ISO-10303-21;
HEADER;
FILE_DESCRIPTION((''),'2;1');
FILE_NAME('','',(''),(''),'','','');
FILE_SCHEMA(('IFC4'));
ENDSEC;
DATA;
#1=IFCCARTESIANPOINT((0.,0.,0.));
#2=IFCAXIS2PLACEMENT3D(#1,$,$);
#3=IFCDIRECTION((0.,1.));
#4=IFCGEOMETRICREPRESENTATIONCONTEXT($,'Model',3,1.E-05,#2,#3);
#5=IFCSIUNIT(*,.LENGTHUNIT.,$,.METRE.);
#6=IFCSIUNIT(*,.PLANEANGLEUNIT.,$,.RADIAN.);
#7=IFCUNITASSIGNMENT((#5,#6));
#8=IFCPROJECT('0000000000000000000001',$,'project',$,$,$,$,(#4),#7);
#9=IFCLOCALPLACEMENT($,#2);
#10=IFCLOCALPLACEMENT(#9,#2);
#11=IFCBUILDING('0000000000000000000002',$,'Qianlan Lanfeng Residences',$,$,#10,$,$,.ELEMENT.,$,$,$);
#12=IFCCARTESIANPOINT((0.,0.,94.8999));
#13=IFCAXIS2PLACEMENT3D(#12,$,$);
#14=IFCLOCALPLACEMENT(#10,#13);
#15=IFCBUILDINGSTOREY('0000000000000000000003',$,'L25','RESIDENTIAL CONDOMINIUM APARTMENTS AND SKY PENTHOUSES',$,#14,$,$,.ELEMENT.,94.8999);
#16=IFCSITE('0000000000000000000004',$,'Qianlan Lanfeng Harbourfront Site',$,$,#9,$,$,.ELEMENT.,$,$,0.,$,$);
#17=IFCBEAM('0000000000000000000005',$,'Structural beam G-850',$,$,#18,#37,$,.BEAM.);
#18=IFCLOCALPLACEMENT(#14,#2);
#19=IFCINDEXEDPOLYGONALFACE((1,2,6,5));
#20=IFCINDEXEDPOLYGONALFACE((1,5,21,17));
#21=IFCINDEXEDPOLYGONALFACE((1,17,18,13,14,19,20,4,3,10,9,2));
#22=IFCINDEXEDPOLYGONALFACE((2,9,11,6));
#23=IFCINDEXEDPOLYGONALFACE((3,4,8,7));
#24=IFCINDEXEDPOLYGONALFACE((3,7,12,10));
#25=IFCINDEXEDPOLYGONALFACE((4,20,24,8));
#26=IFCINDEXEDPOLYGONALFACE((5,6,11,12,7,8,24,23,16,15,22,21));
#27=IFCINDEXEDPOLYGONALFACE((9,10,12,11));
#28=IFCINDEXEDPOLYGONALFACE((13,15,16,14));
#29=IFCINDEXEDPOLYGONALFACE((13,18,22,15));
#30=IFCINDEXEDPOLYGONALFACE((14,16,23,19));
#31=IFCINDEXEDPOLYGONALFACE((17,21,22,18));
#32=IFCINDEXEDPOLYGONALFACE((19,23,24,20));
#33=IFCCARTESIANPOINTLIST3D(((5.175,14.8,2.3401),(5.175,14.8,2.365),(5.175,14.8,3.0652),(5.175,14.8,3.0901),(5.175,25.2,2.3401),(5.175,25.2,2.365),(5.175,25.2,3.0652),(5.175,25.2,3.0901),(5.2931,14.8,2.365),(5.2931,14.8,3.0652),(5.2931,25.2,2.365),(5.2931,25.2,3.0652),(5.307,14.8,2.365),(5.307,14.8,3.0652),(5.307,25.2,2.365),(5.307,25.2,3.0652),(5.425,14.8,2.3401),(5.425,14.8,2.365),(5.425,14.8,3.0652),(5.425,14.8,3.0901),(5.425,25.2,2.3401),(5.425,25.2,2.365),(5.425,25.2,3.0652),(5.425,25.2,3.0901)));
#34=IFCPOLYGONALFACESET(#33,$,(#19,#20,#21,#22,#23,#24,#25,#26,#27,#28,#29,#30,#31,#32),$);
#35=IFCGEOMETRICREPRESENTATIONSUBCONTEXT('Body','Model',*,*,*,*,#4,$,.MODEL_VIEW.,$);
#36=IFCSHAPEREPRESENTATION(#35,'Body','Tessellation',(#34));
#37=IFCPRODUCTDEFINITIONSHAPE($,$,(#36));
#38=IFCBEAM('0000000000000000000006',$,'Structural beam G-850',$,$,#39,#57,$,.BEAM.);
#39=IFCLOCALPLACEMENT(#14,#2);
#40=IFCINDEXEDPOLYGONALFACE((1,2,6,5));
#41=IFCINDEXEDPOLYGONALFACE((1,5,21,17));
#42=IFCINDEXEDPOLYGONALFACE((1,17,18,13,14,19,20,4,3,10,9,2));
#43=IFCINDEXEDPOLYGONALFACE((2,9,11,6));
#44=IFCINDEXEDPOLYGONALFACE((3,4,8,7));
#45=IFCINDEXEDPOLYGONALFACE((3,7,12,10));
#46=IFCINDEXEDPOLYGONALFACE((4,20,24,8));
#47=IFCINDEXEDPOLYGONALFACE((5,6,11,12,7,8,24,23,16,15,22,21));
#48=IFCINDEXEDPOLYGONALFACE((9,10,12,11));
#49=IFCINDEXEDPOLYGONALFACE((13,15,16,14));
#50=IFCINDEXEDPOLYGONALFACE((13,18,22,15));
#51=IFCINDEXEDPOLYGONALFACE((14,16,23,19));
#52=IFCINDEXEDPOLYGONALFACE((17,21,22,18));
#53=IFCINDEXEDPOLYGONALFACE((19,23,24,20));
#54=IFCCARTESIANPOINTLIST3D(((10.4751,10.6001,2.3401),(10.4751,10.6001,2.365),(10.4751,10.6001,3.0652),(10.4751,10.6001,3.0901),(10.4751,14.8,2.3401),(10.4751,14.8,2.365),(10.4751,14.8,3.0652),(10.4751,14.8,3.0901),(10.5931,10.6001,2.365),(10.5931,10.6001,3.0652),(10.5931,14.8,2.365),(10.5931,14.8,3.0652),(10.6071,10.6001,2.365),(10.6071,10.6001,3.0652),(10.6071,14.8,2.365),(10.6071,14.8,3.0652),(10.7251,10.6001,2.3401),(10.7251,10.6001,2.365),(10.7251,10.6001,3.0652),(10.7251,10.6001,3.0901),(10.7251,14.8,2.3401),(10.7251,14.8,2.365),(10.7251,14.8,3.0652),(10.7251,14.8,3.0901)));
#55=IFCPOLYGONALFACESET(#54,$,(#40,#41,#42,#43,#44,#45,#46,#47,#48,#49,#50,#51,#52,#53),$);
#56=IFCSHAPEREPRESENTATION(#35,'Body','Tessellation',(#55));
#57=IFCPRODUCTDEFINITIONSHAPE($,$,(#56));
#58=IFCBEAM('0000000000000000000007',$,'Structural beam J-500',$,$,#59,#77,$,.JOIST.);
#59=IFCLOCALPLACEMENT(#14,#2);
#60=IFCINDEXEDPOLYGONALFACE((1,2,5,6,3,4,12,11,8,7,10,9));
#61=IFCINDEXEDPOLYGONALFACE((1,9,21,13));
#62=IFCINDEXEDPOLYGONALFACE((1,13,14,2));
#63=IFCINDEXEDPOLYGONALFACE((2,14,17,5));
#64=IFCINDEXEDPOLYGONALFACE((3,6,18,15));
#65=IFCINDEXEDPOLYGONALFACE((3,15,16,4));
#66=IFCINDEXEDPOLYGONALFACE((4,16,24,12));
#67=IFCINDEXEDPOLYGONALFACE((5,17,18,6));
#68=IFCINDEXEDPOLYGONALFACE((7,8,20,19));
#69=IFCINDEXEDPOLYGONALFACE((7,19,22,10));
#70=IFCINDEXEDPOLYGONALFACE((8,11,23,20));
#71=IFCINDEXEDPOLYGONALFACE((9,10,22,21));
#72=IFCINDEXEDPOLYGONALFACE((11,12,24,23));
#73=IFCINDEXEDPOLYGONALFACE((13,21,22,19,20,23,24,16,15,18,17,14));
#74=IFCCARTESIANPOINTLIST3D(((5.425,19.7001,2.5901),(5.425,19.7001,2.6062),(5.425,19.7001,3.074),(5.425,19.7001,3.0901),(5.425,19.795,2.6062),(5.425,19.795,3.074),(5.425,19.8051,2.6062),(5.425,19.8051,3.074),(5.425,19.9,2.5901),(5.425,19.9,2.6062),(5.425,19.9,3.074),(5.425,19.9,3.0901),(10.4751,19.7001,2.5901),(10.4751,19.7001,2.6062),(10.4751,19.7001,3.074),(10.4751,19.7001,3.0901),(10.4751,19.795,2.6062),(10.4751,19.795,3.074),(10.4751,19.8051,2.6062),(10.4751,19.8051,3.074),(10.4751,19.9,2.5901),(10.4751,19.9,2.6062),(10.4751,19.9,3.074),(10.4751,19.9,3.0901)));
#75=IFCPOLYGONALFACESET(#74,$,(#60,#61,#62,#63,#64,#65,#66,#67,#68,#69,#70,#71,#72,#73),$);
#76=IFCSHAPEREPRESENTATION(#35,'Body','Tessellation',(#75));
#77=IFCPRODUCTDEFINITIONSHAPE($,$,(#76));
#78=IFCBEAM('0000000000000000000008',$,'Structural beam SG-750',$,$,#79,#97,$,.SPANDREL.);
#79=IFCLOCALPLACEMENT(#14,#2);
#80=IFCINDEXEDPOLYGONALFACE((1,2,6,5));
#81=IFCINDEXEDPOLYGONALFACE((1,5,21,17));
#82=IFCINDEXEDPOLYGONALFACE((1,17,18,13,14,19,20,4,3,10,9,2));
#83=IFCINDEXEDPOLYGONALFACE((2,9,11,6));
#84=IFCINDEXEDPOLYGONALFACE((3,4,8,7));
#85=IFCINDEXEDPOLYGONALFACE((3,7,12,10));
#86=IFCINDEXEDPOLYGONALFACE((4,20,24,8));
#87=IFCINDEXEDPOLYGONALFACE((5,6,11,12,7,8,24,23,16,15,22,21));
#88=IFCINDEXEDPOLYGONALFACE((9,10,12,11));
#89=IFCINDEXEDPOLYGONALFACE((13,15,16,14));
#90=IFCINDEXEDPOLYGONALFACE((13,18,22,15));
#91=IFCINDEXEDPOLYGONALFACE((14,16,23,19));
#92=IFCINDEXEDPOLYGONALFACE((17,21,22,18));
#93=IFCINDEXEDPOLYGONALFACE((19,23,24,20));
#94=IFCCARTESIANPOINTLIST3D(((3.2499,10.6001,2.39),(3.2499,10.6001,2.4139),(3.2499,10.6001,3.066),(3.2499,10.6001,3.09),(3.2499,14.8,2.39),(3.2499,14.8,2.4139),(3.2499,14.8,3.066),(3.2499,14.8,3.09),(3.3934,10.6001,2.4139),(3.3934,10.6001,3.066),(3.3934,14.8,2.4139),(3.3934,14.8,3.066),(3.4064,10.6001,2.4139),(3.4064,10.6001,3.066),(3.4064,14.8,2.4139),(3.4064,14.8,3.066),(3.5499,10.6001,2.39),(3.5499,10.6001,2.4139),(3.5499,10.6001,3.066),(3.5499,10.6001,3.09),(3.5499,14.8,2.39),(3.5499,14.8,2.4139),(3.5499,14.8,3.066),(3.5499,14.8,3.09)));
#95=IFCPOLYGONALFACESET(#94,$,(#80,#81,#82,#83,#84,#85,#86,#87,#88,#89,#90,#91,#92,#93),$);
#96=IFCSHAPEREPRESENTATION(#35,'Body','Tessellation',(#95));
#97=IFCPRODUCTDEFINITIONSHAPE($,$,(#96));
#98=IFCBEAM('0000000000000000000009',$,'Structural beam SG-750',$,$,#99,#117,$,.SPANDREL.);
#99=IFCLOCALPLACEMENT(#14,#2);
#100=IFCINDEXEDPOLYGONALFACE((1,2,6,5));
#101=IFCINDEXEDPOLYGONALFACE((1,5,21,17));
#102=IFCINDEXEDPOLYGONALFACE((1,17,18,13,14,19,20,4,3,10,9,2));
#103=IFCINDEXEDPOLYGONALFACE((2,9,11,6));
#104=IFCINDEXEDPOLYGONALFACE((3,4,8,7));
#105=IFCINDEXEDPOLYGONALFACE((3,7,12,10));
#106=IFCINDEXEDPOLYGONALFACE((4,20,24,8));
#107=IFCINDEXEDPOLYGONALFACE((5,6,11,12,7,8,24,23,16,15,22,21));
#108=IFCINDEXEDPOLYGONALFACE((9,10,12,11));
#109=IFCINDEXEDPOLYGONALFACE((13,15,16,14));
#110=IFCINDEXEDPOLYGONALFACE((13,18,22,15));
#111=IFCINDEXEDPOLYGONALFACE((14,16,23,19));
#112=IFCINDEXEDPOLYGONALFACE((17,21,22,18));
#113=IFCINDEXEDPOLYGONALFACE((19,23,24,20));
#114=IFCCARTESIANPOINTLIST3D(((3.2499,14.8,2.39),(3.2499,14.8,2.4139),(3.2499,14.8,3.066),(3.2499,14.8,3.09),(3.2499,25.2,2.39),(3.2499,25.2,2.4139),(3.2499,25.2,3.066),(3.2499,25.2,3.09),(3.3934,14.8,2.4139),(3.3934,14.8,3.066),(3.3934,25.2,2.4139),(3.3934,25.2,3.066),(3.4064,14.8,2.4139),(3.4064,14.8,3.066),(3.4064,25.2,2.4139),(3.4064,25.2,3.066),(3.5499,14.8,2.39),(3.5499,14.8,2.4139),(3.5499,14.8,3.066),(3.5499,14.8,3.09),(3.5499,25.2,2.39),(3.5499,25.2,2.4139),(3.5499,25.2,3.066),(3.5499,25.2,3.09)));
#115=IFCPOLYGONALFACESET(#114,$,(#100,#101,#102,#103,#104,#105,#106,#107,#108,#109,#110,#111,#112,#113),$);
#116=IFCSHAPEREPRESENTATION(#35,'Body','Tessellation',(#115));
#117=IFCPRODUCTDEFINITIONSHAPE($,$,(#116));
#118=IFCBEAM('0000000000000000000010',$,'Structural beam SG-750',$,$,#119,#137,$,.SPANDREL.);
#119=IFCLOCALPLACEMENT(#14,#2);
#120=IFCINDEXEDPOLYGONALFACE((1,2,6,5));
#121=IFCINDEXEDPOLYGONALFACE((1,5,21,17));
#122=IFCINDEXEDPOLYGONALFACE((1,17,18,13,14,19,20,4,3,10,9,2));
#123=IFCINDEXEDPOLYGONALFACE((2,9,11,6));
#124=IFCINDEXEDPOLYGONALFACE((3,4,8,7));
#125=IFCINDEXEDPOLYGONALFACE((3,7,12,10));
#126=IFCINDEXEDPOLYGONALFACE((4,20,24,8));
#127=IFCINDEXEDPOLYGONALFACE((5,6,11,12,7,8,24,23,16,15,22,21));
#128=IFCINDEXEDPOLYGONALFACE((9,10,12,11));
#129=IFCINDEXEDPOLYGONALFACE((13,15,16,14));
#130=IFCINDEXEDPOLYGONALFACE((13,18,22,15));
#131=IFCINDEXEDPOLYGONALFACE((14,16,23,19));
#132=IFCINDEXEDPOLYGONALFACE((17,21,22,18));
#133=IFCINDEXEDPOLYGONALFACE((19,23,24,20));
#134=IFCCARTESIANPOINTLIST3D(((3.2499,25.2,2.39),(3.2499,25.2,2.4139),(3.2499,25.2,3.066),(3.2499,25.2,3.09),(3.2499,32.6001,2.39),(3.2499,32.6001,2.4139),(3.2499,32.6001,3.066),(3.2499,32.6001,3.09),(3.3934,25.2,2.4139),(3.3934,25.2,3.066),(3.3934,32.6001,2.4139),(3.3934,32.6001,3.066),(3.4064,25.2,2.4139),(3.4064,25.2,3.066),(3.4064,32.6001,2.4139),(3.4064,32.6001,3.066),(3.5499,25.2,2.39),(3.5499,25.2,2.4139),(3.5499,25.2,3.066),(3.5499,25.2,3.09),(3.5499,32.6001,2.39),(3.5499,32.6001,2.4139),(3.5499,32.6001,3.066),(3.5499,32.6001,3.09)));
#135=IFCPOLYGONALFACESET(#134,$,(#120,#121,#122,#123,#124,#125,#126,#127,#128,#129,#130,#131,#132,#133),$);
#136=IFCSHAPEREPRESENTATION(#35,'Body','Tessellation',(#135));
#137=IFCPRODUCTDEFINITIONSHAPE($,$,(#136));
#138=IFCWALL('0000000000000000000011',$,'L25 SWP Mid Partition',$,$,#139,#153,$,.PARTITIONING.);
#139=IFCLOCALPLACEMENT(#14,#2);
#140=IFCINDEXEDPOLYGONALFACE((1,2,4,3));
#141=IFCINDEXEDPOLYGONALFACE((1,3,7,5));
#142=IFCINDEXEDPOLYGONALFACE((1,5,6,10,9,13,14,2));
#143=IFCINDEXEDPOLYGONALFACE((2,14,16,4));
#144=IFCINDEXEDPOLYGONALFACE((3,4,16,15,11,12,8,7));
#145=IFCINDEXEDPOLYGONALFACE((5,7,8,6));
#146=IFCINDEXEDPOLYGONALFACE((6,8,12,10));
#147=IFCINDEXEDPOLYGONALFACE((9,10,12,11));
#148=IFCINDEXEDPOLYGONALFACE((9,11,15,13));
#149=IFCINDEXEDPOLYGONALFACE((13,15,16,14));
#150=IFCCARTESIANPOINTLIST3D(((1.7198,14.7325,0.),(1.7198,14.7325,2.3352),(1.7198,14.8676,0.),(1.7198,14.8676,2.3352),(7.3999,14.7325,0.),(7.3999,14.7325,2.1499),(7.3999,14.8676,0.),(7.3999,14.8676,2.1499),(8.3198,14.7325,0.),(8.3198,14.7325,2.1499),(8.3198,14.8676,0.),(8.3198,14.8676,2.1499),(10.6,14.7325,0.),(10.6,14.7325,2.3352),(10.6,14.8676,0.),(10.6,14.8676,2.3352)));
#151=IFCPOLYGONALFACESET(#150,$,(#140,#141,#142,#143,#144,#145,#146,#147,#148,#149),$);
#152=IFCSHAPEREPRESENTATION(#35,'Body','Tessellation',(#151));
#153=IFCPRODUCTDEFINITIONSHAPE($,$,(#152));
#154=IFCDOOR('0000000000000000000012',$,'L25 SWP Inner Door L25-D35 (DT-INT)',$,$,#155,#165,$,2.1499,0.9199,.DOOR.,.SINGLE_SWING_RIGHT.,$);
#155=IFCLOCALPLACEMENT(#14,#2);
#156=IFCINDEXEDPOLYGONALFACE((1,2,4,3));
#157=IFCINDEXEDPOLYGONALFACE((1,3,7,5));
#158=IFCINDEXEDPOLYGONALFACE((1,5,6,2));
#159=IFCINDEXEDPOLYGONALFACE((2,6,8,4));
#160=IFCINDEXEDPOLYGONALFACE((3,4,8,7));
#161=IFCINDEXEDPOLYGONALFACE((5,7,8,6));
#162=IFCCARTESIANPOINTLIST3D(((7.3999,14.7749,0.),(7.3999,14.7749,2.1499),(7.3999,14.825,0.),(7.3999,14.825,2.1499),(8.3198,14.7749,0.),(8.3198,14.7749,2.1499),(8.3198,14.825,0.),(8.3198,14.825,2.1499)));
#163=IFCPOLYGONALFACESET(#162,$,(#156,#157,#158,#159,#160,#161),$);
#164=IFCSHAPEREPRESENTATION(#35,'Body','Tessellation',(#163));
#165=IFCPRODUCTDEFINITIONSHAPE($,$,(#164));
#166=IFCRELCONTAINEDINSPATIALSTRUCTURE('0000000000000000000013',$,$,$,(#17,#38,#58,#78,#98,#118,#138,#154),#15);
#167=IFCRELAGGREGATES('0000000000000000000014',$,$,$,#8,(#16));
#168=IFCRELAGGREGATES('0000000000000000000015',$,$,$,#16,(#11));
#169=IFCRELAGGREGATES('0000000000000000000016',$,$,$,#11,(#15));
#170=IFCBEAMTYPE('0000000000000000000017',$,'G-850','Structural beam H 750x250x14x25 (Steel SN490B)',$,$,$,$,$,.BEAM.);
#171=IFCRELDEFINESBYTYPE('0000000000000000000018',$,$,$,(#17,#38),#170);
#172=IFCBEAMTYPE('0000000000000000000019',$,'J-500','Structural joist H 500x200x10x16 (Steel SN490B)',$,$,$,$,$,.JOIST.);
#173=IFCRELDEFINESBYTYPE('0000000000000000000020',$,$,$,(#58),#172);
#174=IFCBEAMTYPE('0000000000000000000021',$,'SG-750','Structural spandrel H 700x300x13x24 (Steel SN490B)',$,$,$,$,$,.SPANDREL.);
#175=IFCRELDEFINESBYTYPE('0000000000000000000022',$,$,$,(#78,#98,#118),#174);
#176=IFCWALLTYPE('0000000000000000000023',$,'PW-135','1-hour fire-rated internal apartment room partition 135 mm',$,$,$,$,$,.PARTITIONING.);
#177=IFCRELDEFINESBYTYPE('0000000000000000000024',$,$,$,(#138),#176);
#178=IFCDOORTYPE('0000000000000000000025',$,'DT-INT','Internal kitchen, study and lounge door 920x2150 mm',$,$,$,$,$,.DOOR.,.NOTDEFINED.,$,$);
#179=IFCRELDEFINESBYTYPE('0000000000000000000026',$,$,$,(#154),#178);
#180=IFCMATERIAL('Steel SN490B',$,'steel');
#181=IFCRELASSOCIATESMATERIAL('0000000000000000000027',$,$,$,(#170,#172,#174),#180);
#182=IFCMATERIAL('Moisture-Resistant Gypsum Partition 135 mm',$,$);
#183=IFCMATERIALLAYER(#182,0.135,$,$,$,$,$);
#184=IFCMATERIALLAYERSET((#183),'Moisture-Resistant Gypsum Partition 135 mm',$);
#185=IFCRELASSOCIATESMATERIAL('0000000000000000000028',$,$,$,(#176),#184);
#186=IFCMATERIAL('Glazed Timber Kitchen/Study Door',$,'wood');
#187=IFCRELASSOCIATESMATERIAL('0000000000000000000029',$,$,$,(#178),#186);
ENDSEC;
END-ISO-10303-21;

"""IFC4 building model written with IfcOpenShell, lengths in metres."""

from ifc_helpers import new_model, si_unit, direction, frame, frame_2d, origin, origin_2d, place, context, subcontext, project, spatial, rectangle, i_section, extrude, material, layer, layer_set, material_profile, profile_set, type_object, element, fill, save


model = new_model("IFC4")

# Units and contexts
model_context = context("Model", 3, precision=1e-05, world=origin(), true_north=direction((0.0, 1.0)))
body_context = subcontext(model_context, "Body", "Model", "MODEL_VIEW")
ifc_project = project(units=[si_unit("LENGTHUNIT", "METRE"), si_unit("PLANEANGLEUNIT", "RADIAN")], contexts=[model_context])

# Site, building, storey
site_placement = place(None, origin())
site = spatial("IfcSite", under=ifc_project, at=site_placement, Name="Qianlan Lanfeng Harbourfront Site", CompositionType="ELEMENT", RefElevation=0.0)
building_placement = place(site_placement, origin())
building = spatial("IfcBuilding", under=site, at=building_placement, Name="Qianlan Lanfeng Residences", CompositionType="ELEMENT")
storey_placement = place(building_placement, frame((0.0, 0.0, 94.8999)))
storey = spatial("IfcBuildingStorey", under=building, at=storey_placement, Name="L25", Description="RESIDENTIAL CONDOMINIUM APARTMENTS AND SKY PENTHOUSES", CompositionType="ELEMENT", Elevation=94.8999)

# Shared definitions
ifc_material_1 = material(Name="Steel SN490B", Category="steel")

# Beams
ifc_material_profile_1 = material_profile(ifc_material_1, i_section(OverallWidth=0.25, OverallDepth=0.75, WebThickness=0.0139, FlangeThickness=0.0249, at=origin_2d()), Name="H 750x250x14x25")
ifc_profile_set_1 = profile_set([ifc_material_profile_1], Name="Steel SN490B")
beam_type_1 = type_object("IfcBeamType", Name="G-850", Description="Structural beam H 750x250x14x25 (Steel SN490B)", PredefinedType="BEAM", material=ifc_profile_set_1)
beam_1_placement = place(storey_placement, frame((5.3, 14.8, 2.7151), z_axis=(0.0, 1.0, 0.0), x_axis=(-1.0, 0.0, 0.0)))
element("IfcBeam", 1, at=beam_1_placement, inside=storey, type_object=beam_type_1, Name="Structural beam G-850", PredefinedType="BEAM", context=body_context, shape_type="SweptSolid", body=[
    extrude(i_section(OverallWidth=0.25, OverallDepth=0.75, WebThickness=0.0139, FlangeThickness=0.0249, at=origin_2d()), origin(), (0.0, 0.0, 1.0), 10.3999),
])
beam_2_placement = place(storey_placement, frame((10.6001, 10.6001, 2.7151), z_axis=(0.0, 1.0, 0.0), x_axis=(-1.0, 0.0, 0.0)))
element("IfcBeam", 2, at=beam_2_placement, inside=storey, type_object=beam_type_1, Name="Structural beam G-850", PredefinedType="BEAM", context=body_context, shape_type="SweptSolid", body=[
    extrude(i_section(OverallWidth=0.25, OverallDepth=0.75, WebThickness=0.0139, FlangeThickness=0.0249, at=origin_2d()), origin(), (0.0, 0.0, 1.0), 4.2),
])
ifc_material_profile_2 = material_profile(ifc_material_1, i_section(OverallWidth=0.2, OverallDepth=0.5, WebThickness=0.01, FlangeThickness=0.0161, at=origin_2d()), Name="H 500x200x10x16")
ifc_profile_set_2 = profile_set([ifc_material_profile_2], Name="Steel SN490B")
beam_type_2 = type_object("IfcBeamType", Name="J-500", Description="Structural joist H 500x200x10x16 (Steel SN490B)", PredefinedType="JOIST", material=ifc_profile_set_2)
beam_3_placement = place(storey_placement, frame((5.425, 19.8, 2.8401), z_axis=(1.0, 0.0, 0.0), x_axis=(0.0, 1.0, 0.0)))
element("IfcBeam", 3, at=beam_3_placement, inside=storey, type_object=beam_type_2, Name="Structural beam J-500", PredefinedType="JOIST", context=body_context, shape_type="SweptSolid", body=[
    extrude(i_section(OverallWidth=0.2, OverallDepth=0.5, WebThickness=0.01, FlangeThickness=0.0161, at=origin_2d()), origin(), (0.0, 0.0, 1.0), 5.05),
])
ifc_material_profile_3 = material_profile(ifc_material_1, i_section(OverallWidth=0.3, OverallDepth=0.7, WebThickness=0.0129, FlangeThickness=0.0239, at=origin_2d()), Name="H 700x300x13x24")
ifc_profile_set_3 = profile_set([ifc_material_profile_3], Name="Steel SN490B")
beam_type_3 = type_object("IfcBeamType", Name="SG-750", Description="Structural spandrel H 700x300x13x24 (Steel SN490B)", PredefinedType="SPANDREL", material=ifc_profile_set_3)
beam_4_placement = place(storey_placement, frame((3.3999, 10.6001, 2.74), z_axis=(0.0, 1.0, 0.0), x_axis=(-1.0, 0.0, 0.0)))
element("IfcBeam", 4, at=beam_4_placement, inside=storey, type_object=beam_type_3, Name="Structural beam SG-750", PredefinedType="SPANDREL", context=body_context, shape_type="SweptSolid", body=[
    extrude(i_section(OverallWidth=0.3, OverallDepth=0.7, WebThickness=0.0129, FlangeThickness=0.0239, at=origin_2d()), origin(), (0.0, 0.0, 1.0), 4.2),
])
beam_5_placement = place(storey_placement, frame((3.3999, 14.8, 2.74), z_axis=(0.0, 1.0, 0.0), x_axis=(-1.0, 0.0, 0.0)))
element("IfcBeam", 5, at=beam_5_placement, inside=storey, type_object=beam_type_3, Name="Structural beam SG-750", PredefinedType="SPANDREL", context=body_context, shape_type="SweptSolid", body=[
    extrude(i_section(OverallWidth=0.3, OverallDepth=0.7, WebThickness=0.0129, FlangeThickness=0.0239, at=origin_2d()), origin(), (0.0, 0.0, 1.0), 10.3999),
])
beam_6_placement = place(storey_placement, frame((3.3999, 25.2, 2.74), z_axis=(0.0, 1.0, 0.0), x_axis=(-1.0, 0.0, 0.0)))
element("IfcBeam", 6, at=beam_6_placement, inside=storey, type_object=beam_type_3, Name="Structural beam SG-750", PredefinedType="SPANDREL", context=body_context, shape_type="SweptSolid", body=[
    extrude(i_section(OverallWidth=0.3, OverallDepth=0.7, WebThickness=0.0129, FlangeThickness=0.0239, at=origin_2d()), origin(), (0.0, 0.0, 1.0), 7.4001),
])

# Wall, opening, door
ifc_material_2 = material(Name="Moisture-Resistant Gypsum Partition 135 mm")
ifc_layer_1 = layer(ifc_material_2, 0.135)
ifc_layer_set_1 = layer_set([ifc_layer_1], Name="Moisture-Resistant Gypsum Partition 135 mm")
wall_type_1 = type_object("IfcWallType", Name="PW-135", Description="1-hour fire-rated internal apartment room partition 135 mm", PredefinedType="PARTITIONING", material=ifc_layer_set_1)
wall_1_placement = place(storey_placement, frame((1.72, 14.8, 0.0), z_axis=(0.0, 0.0, 1.0), x_axis=(1.0, 0.0, 0.0)))
wall_1 = element("IfcWall", 7, at=wall_1_placement, inside=storey, type_object=wall_type_1, Name="L25 SWP Mid Partition", PredefinedType="PARTITIONING", context=body_context, shape_type="SweptSolid", body=[
    extrude(rectangle(XDim=8.8801, YDim=0.135, at=frame_2d((4.4399, 0.0))), origin(), (0.0, 0.0, 1.0), 2.3352),
])
opening_1_placement = place(wall_1_placement, frame((5.6799, 0.0, 0.0)))
opening_1 = element("IfcOpeningElement", 8, at=opening_1_placement, cuts=wall_1, PredefinedType="OPENING", context=body_context, shape_type="SweptSolid", body=[
    extrude(rectangle(XDim=0.9199, YDim=2.1499, at=frame_2d((0.46, 1.075))), frame((0.0, 0.0776, 0.0), z_axis=(0.0, -1.0, 0.0), x_axis=(1.0, 0.0, 0.0)), (0.0, 0.0, 1.0), 0.155),
])
ifc_material_3 = material(Name="Glazed Timber Kitchen/Study Door", Category="wood")
door_type_1 = type_object("IfcDoorType", Name="DT-INT", Description="Internal kitchen, study and lounge door 920x2150 mm", OperationType="NOTDEFINED", PredefinedType="DOOR", material=ifc_material_3)
door_1_placement = place(opening_1_placement, origin())
door_1 = element("IfcDoor", 9, at=door_1_placement, inside=storey, type_object=door_type_1, Name="L25 SWP Inner Door L25-D35 (DT-INT)", OperationType="SINGLE_SWING_RIGHT", OverallHeight=2.1499, OverallWidth=0.9199, PredefinedType="DOOR", context=body_context, shape_type="SweptSolid", body=[
    extrude(rectangle(XDim=0.9199, YDim=2.1499, at=frame_2d((0.46, 1.075))), frame((0.0, 0.0249, 0.0), z_axis=(0.0, -1.0, 0.0), x_axis=(1.0, 0.0, 0.0)), (0.0, 0.0, 1.0), 0.05),
])
fill(opening_1, door_1)

save(model, "model.ifc")
